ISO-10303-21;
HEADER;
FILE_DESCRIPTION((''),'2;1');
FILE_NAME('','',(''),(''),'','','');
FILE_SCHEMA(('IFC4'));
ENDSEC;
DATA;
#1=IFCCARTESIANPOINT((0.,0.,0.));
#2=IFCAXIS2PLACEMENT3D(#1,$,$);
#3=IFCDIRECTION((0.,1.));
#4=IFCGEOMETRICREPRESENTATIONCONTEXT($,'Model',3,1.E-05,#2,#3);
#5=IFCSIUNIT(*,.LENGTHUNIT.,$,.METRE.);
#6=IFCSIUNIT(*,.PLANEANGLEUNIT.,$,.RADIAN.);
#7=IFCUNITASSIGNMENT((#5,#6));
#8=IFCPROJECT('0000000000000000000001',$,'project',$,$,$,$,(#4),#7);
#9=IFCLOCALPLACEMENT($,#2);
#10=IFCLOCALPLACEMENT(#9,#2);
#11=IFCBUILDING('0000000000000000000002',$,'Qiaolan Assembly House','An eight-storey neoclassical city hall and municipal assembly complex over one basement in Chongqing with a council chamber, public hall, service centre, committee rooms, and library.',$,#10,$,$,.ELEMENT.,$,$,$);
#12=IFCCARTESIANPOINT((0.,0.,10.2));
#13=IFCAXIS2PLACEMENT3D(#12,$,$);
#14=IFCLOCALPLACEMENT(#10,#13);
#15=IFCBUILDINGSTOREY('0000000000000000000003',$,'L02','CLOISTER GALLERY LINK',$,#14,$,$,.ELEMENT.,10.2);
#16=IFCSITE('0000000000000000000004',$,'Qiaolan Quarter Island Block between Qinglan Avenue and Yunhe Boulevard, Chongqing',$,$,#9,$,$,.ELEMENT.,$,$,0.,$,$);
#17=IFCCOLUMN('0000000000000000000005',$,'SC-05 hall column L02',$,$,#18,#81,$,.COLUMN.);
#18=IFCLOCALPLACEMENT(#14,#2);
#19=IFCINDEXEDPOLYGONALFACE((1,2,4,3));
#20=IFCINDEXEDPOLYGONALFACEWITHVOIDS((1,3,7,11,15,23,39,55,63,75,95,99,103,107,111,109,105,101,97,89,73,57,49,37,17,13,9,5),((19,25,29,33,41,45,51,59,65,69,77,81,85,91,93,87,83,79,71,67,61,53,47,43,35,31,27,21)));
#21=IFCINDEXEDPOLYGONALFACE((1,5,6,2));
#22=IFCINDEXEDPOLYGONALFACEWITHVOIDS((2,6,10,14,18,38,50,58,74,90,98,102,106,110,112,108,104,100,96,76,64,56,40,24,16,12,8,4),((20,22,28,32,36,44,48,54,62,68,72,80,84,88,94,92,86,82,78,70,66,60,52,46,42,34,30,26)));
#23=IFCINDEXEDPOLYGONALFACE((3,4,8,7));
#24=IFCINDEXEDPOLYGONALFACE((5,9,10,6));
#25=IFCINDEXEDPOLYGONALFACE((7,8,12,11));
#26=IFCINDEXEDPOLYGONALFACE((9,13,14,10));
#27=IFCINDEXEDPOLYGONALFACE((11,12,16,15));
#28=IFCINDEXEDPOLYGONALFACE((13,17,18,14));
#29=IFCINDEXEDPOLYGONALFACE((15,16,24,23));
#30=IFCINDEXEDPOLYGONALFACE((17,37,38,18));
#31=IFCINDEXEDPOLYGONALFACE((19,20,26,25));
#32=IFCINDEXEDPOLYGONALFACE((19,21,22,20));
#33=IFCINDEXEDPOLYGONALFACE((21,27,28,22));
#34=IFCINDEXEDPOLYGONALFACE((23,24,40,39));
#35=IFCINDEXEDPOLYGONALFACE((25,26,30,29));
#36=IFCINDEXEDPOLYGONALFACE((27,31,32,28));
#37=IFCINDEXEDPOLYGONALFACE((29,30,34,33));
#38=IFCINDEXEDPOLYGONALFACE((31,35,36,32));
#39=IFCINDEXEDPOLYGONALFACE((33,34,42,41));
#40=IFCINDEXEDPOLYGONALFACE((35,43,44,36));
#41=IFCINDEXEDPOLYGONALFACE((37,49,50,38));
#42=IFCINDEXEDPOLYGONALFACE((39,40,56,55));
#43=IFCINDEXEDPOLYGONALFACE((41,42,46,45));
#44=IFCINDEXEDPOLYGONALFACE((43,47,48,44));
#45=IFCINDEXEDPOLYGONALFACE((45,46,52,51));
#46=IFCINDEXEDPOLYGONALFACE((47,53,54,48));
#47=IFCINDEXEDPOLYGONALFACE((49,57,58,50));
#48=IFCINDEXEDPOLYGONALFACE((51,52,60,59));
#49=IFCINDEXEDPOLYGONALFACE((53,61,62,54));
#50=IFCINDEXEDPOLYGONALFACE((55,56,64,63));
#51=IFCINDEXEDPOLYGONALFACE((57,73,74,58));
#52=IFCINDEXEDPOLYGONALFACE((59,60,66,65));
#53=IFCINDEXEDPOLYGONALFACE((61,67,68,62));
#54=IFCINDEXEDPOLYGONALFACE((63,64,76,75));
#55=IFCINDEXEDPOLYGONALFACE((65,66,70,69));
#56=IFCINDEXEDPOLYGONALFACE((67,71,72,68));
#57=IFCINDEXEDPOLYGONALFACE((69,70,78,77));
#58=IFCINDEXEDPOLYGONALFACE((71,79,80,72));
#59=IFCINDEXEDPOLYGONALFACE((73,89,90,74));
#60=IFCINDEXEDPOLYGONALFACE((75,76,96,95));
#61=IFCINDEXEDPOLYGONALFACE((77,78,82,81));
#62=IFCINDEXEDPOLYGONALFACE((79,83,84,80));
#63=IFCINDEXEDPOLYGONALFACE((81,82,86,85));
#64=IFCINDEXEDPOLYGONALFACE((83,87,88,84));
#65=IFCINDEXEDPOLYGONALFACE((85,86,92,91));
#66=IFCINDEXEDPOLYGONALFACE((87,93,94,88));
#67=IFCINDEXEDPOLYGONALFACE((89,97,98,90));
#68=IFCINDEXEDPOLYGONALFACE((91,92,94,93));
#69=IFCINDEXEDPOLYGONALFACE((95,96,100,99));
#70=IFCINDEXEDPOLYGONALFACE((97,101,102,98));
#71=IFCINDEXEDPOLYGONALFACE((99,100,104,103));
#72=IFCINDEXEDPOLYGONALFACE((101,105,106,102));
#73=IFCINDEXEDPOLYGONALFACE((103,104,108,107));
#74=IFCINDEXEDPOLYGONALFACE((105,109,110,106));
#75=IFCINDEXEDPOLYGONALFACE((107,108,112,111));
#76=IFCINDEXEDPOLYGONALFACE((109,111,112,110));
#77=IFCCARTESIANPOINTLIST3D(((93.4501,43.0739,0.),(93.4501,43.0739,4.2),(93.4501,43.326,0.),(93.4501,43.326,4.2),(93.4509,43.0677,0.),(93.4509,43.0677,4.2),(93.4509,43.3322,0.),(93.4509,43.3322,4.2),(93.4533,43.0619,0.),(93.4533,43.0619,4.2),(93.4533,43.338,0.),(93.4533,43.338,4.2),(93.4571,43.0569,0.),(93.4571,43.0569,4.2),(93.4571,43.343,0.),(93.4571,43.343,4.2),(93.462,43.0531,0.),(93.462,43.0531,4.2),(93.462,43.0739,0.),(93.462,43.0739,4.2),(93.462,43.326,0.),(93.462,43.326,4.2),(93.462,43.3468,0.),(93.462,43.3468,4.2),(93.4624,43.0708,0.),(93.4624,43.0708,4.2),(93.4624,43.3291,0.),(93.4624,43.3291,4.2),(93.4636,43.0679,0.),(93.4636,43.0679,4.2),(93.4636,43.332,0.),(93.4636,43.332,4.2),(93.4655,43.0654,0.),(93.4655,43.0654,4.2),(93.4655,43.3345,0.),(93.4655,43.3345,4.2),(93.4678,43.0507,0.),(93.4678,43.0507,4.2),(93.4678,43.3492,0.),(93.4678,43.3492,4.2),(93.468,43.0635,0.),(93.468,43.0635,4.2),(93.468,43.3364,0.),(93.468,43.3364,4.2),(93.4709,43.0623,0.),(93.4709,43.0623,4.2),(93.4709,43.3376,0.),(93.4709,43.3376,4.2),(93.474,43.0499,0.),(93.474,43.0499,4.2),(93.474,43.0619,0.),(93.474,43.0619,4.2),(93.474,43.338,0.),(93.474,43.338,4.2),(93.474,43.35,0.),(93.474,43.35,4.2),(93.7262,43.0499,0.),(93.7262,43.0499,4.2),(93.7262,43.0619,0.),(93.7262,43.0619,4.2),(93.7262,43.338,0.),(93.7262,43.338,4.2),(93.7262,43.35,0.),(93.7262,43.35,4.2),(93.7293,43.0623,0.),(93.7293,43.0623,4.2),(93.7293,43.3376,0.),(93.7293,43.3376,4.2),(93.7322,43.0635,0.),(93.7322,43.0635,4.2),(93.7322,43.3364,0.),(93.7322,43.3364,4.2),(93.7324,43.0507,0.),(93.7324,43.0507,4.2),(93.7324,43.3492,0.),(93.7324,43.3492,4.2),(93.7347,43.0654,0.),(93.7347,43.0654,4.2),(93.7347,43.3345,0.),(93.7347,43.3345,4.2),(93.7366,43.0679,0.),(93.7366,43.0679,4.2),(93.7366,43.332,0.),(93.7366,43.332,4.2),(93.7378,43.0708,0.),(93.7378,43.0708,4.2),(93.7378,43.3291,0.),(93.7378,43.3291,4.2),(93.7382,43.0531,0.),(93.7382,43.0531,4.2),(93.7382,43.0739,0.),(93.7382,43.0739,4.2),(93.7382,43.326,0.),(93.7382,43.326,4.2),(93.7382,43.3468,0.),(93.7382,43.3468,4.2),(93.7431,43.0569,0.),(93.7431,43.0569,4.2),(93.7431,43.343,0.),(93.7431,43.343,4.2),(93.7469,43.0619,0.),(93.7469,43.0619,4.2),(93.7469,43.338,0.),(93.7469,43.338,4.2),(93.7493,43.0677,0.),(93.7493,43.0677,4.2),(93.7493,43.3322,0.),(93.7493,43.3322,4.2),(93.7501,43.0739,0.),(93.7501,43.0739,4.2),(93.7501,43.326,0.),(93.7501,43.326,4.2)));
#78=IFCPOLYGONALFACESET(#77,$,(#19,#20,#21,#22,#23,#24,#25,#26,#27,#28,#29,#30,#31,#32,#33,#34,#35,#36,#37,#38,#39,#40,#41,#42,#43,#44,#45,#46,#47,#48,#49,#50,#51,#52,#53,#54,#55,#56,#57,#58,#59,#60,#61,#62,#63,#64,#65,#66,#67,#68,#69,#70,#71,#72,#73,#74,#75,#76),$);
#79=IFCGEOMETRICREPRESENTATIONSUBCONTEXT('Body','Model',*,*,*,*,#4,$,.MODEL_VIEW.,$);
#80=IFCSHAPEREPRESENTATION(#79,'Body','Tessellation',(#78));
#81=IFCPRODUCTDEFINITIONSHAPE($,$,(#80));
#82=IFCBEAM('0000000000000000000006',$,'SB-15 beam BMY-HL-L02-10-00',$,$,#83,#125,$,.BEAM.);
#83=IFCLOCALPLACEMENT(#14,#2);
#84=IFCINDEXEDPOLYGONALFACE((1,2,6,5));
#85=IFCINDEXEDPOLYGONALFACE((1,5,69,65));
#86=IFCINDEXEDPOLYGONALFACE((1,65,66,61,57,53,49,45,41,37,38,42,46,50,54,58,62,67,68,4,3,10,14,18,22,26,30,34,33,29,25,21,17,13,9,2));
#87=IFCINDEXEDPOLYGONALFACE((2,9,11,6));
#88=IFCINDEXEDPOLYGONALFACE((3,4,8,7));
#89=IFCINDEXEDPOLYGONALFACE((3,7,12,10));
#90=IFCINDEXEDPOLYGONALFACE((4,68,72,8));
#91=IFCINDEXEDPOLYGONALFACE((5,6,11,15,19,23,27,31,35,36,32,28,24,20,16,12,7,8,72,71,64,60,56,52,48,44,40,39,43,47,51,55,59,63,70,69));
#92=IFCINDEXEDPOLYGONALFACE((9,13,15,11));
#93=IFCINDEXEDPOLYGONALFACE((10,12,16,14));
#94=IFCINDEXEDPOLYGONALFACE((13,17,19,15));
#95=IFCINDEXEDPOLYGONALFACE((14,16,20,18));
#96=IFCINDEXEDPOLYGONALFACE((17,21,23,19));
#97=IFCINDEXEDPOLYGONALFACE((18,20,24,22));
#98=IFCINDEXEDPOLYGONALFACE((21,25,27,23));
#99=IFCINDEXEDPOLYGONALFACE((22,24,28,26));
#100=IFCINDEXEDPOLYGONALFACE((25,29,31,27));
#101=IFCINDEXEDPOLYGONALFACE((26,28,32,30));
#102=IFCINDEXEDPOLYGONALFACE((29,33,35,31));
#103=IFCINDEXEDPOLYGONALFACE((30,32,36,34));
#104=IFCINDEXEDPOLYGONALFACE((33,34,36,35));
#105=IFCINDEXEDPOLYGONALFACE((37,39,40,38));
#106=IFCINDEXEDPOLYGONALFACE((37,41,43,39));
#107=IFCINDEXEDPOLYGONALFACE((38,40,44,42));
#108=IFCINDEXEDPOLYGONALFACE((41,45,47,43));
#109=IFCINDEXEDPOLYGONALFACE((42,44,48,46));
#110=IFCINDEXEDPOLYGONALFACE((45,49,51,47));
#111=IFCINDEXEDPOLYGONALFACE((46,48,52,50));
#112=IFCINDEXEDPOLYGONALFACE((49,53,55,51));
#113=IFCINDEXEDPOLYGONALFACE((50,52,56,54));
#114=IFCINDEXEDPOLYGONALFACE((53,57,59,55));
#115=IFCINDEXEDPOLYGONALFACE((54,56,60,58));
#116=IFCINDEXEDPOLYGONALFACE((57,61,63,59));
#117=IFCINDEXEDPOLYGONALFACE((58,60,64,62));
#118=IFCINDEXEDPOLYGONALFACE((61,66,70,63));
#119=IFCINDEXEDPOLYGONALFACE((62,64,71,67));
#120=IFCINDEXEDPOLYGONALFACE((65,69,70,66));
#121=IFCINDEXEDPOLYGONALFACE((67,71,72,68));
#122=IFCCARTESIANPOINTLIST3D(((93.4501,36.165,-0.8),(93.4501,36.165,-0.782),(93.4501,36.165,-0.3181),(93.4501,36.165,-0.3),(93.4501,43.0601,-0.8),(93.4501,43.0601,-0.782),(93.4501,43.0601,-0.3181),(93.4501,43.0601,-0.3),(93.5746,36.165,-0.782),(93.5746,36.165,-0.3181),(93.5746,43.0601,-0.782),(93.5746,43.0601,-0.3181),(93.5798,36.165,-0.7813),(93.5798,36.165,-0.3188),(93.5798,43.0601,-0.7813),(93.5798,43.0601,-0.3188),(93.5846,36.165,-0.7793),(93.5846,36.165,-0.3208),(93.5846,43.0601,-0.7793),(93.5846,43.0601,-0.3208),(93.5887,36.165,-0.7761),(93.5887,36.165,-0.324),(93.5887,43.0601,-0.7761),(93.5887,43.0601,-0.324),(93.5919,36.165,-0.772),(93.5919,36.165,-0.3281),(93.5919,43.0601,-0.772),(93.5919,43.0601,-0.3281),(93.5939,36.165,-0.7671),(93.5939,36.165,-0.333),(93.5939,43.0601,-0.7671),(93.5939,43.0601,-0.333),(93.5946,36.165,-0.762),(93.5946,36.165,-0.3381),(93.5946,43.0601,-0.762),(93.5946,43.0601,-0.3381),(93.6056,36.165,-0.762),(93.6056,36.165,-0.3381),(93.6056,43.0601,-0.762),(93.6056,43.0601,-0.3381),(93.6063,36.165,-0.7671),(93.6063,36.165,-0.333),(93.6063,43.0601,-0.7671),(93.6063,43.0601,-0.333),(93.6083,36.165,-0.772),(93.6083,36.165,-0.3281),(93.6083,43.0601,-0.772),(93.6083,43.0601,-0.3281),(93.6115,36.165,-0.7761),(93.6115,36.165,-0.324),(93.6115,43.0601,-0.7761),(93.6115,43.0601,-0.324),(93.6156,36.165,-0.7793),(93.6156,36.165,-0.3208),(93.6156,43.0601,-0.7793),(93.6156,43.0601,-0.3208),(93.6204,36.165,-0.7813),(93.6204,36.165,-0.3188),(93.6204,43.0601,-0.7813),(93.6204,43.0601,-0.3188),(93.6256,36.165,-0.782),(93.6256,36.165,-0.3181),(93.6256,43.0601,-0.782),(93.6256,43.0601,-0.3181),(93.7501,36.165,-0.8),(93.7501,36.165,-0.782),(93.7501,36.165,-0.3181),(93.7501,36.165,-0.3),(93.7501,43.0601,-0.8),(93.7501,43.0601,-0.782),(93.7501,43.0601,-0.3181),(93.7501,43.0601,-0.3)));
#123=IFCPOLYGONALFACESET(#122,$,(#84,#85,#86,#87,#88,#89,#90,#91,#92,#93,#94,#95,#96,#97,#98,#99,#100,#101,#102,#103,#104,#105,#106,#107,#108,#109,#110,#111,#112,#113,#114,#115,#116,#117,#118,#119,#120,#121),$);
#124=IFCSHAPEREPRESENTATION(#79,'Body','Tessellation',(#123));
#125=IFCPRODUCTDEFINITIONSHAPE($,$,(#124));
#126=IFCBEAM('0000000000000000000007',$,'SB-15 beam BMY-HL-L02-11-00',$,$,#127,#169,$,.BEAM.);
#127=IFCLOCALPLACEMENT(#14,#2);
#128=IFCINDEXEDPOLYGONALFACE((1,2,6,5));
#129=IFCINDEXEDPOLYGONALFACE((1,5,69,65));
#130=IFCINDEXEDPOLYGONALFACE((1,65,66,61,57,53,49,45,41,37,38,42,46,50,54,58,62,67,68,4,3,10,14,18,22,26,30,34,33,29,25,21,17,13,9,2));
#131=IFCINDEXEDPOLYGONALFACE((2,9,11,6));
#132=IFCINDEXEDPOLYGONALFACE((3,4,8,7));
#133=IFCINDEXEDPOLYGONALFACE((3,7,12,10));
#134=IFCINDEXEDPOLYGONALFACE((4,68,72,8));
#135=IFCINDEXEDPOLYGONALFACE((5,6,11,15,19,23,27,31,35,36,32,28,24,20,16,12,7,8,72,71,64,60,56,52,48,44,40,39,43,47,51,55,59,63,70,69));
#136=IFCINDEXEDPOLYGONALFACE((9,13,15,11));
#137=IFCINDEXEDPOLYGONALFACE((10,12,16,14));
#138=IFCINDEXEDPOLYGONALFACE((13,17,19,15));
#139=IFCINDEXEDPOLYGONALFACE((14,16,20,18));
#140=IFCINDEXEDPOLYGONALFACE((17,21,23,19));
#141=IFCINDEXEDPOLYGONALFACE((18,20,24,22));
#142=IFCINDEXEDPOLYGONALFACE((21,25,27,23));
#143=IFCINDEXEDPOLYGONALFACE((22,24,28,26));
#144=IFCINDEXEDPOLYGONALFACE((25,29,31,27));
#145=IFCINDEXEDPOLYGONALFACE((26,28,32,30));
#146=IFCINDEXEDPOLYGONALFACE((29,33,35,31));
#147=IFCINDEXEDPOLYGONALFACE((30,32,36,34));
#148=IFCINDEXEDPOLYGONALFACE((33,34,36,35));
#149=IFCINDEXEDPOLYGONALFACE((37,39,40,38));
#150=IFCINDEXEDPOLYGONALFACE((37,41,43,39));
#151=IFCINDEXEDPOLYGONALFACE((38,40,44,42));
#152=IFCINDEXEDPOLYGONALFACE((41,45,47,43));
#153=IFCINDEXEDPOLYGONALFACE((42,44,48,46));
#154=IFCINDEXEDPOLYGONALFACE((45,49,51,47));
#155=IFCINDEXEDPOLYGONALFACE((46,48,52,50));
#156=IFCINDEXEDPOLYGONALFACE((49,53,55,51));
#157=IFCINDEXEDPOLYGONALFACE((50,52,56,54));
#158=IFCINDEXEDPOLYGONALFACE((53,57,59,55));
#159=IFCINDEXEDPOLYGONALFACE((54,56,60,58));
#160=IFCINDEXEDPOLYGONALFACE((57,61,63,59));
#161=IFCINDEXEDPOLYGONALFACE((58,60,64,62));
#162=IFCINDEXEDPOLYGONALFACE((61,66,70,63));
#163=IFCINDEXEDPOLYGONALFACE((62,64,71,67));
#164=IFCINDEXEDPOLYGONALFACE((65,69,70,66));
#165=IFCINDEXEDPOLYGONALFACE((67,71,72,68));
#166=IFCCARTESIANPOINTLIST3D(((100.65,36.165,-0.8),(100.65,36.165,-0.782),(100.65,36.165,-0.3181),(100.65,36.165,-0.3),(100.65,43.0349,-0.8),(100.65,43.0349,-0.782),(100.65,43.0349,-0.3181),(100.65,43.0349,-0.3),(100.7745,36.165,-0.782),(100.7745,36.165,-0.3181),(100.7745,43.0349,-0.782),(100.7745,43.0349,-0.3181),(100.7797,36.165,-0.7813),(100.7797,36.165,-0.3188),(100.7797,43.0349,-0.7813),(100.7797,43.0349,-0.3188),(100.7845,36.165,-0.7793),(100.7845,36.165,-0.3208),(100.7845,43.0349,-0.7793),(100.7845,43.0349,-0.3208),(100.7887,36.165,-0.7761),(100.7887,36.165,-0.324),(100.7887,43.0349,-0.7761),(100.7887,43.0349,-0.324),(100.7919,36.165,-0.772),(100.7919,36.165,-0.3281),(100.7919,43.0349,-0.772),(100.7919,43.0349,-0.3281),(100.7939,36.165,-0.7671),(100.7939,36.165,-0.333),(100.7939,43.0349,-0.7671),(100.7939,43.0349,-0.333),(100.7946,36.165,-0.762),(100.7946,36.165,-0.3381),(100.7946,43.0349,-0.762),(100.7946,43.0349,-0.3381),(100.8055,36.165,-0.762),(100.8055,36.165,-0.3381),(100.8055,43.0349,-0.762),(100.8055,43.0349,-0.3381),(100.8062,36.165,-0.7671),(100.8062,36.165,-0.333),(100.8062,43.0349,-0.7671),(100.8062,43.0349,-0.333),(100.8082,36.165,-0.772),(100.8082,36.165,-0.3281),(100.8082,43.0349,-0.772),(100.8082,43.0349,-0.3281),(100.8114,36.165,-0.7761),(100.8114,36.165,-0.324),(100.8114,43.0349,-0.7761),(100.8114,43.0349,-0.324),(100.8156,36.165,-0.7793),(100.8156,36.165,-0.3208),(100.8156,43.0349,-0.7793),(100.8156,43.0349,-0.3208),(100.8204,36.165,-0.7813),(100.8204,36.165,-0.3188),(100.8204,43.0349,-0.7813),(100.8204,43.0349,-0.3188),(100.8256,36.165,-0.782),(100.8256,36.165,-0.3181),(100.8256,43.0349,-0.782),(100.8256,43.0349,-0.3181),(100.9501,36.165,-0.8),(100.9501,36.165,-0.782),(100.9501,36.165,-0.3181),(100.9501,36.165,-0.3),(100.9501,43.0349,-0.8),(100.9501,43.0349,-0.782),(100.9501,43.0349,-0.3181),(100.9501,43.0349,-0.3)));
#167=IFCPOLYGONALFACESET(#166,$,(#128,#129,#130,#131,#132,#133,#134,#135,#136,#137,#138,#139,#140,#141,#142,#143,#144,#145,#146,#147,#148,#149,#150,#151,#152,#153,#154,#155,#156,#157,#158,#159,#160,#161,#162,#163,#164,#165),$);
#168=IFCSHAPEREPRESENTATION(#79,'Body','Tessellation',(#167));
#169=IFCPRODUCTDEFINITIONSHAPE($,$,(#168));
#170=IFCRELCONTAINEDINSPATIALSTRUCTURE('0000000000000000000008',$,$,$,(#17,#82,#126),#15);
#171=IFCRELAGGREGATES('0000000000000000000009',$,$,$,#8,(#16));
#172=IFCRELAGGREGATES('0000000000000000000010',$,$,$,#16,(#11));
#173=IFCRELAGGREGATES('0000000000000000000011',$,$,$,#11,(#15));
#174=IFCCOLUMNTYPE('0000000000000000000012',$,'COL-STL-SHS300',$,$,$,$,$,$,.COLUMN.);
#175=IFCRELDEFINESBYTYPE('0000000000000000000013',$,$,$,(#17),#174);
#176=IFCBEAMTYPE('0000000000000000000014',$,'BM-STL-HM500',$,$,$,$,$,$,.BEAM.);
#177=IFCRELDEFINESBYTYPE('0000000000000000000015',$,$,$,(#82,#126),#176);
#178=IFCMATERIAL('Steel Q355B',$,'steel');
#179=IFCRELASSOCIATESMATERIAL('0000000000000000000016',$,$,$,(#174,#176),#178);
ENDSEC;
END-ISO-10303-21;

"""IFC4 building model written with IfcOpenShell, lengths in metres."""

from ifc_helpers import new_model, si_unit, direction, frame, origin, origin_2d, place, context, subcontext, project, spatial, hollow_rectangle, i_section, extrude, material, material_profile, profile_set, type_object, element, save


model = new_model("IFC4")

# Units and contexts
model_context = context("Model", 3, precision=1e-05, world=origin(), true_north=direction((0.0, 1.0)))
body_context = subcontext(model_context, "Body", "Model", "MODEL_VIEW")
ifc_project = project(units=[si_unit("LENGTHUNIT", "METRE"), si_unit("PLANEANGLEUNIT", "RADIAN")], contexts=[model_context])

# Site, building, storey
site_placement = place(None, origin())
site = spatial("IfcSite", under=ifc_project, at=site_placement, Name="Qiaolan Quarter Island Block between Qinglan Avenue and Yunhe Boulevard, Chongqing", CompositionType="ELEMENT", RefElevation=0.0)
building_placement = place(site_placement, origin())
building = spatial("IfcBuilding", under=site, at=building_placement, Name="Qiaolan Assembly House", Description="An eight-storey neoclassical city hall and municipal assembly complex over one basement in Chongqing with a council chamber, public hall, service centre, committee rooms, and library.", CompositionType="ELEMENT")
storey_placement = place(building_placement, frame((0.0, 0.0, 10.2)))
storey = spatial("IfcBuildingStorey", under=building, at=storey_placement, Name="L02", Description="CLOISTER GALLERY LINK", CompositionType="ELEMENT", Elevation=10.2)

# Column
ifc_material_1 = material(Name="Steel Q355B", Category="steel")
ifc_material_profile_1 = material_profile(ifc_material_1, hollow_rectangle(XDim=0.3, YDim=0.3, WallThickness=0.012, InnerFilletRadius=0.012, OuterFilletRadius=0.0239, at=origin_2d()), Name="SHS 300x300x12")
ifc_profile_set_1 = profile_set([ifc_material_profile_1], Name="Steel Q355B")
column_type_1 = type_object("IfcColumnType", Name="COL-STL-SHS300", PredefinedType="COLUMN", material=ifc_profile_set_1)
column_1_placement = place(storey_placement, frame((93.6001, 43.2, 0.0), z_axis=(0.0, 0.0, 1.0), x_axis=(1.0, 0.0, 0.0)))
element("IfcColumn", 1, at=column_1_placement, inside=storey, type_object=column_type_1, Name="SC-05 hall column L02", PredefinedType="COLUMN", context=body_context, shape_type="SweptSolid", body=[
    extrude(hollow_rectangle(XDim=0.3, YDim=0.3, WallThickness=0.012, InnerFilletRadius=0.012, OuterFilletRadius=0.0239, at=origin_2d()), origin(), (0.0, 0.0, 1.0), 4.2),
])

# Beams
ifc_material_profile_2 = material_profile(ifc_material_1, i_section(OverallWidth=0.3, OverallDepth=0.5, WebThickness=0.011, FlangeThickness=0.0181, FilletRadius=0.02, at=origin_2d()), Name="HM 500x300x11x18")
ifc_profile_set_2 = profile_set([ifc_material_profile_2], Name="Steel Q355B")
beam_type_1 = type_object("IfcBeamType", Name="BM-STL-HM500", PredefinedType="BEAM", material=ifc_profile_set_2)
beam_1_placement = place(storey_placement, frame((93.6001, 36.165, -0.55), z_axis=(0.0, 1.0, 0.0), x_axis=(-1.0, 0.0, 0.0)))
element("IfcBeam", 2, at=beam_1_placement, inside=storey, type_object=beam_type_1, Name="SB-15 beam BMY-HL-L02-10-00", PredefinedType="BEAM", context=body_context, shape_type="SweptSolid", body=[
    extrude(i_section(OverallWidth=0.3, OverallDepth=0.5, WebThickness=0.011, FlangeThickness=0.0181, FilletRadius=0.02, at=origin_2d()), origin(), (0.0, 0.0, 1.0), 6.895),
])
beam_2_placement = place(storey_placement, frame((100.8, 36.165, -0.55), z_axis=(0.0, 1.0, 0.0), x_axis=(-1.0, 0.0, 0.0)))
element("IfcBeam", 3, at=beam_2_placement, inside=storey, type_object=beam_type_1, Name="SB-15 beam BMY-HL-L02-11-00", PredefinedType="BEAM", context=body_context, shape_type="SweptSolid", body=[
    extrude(i_section(OverallWidth=0.3, OverallDepth=0.5, WebThickness=0.011, FlangeThickness=0.0181, FilletRadius=0.02, at=origin_2d()), origin(), (0.0, 0.0, 1.0), 6.8699),
])

save(model, "model.ifc")
